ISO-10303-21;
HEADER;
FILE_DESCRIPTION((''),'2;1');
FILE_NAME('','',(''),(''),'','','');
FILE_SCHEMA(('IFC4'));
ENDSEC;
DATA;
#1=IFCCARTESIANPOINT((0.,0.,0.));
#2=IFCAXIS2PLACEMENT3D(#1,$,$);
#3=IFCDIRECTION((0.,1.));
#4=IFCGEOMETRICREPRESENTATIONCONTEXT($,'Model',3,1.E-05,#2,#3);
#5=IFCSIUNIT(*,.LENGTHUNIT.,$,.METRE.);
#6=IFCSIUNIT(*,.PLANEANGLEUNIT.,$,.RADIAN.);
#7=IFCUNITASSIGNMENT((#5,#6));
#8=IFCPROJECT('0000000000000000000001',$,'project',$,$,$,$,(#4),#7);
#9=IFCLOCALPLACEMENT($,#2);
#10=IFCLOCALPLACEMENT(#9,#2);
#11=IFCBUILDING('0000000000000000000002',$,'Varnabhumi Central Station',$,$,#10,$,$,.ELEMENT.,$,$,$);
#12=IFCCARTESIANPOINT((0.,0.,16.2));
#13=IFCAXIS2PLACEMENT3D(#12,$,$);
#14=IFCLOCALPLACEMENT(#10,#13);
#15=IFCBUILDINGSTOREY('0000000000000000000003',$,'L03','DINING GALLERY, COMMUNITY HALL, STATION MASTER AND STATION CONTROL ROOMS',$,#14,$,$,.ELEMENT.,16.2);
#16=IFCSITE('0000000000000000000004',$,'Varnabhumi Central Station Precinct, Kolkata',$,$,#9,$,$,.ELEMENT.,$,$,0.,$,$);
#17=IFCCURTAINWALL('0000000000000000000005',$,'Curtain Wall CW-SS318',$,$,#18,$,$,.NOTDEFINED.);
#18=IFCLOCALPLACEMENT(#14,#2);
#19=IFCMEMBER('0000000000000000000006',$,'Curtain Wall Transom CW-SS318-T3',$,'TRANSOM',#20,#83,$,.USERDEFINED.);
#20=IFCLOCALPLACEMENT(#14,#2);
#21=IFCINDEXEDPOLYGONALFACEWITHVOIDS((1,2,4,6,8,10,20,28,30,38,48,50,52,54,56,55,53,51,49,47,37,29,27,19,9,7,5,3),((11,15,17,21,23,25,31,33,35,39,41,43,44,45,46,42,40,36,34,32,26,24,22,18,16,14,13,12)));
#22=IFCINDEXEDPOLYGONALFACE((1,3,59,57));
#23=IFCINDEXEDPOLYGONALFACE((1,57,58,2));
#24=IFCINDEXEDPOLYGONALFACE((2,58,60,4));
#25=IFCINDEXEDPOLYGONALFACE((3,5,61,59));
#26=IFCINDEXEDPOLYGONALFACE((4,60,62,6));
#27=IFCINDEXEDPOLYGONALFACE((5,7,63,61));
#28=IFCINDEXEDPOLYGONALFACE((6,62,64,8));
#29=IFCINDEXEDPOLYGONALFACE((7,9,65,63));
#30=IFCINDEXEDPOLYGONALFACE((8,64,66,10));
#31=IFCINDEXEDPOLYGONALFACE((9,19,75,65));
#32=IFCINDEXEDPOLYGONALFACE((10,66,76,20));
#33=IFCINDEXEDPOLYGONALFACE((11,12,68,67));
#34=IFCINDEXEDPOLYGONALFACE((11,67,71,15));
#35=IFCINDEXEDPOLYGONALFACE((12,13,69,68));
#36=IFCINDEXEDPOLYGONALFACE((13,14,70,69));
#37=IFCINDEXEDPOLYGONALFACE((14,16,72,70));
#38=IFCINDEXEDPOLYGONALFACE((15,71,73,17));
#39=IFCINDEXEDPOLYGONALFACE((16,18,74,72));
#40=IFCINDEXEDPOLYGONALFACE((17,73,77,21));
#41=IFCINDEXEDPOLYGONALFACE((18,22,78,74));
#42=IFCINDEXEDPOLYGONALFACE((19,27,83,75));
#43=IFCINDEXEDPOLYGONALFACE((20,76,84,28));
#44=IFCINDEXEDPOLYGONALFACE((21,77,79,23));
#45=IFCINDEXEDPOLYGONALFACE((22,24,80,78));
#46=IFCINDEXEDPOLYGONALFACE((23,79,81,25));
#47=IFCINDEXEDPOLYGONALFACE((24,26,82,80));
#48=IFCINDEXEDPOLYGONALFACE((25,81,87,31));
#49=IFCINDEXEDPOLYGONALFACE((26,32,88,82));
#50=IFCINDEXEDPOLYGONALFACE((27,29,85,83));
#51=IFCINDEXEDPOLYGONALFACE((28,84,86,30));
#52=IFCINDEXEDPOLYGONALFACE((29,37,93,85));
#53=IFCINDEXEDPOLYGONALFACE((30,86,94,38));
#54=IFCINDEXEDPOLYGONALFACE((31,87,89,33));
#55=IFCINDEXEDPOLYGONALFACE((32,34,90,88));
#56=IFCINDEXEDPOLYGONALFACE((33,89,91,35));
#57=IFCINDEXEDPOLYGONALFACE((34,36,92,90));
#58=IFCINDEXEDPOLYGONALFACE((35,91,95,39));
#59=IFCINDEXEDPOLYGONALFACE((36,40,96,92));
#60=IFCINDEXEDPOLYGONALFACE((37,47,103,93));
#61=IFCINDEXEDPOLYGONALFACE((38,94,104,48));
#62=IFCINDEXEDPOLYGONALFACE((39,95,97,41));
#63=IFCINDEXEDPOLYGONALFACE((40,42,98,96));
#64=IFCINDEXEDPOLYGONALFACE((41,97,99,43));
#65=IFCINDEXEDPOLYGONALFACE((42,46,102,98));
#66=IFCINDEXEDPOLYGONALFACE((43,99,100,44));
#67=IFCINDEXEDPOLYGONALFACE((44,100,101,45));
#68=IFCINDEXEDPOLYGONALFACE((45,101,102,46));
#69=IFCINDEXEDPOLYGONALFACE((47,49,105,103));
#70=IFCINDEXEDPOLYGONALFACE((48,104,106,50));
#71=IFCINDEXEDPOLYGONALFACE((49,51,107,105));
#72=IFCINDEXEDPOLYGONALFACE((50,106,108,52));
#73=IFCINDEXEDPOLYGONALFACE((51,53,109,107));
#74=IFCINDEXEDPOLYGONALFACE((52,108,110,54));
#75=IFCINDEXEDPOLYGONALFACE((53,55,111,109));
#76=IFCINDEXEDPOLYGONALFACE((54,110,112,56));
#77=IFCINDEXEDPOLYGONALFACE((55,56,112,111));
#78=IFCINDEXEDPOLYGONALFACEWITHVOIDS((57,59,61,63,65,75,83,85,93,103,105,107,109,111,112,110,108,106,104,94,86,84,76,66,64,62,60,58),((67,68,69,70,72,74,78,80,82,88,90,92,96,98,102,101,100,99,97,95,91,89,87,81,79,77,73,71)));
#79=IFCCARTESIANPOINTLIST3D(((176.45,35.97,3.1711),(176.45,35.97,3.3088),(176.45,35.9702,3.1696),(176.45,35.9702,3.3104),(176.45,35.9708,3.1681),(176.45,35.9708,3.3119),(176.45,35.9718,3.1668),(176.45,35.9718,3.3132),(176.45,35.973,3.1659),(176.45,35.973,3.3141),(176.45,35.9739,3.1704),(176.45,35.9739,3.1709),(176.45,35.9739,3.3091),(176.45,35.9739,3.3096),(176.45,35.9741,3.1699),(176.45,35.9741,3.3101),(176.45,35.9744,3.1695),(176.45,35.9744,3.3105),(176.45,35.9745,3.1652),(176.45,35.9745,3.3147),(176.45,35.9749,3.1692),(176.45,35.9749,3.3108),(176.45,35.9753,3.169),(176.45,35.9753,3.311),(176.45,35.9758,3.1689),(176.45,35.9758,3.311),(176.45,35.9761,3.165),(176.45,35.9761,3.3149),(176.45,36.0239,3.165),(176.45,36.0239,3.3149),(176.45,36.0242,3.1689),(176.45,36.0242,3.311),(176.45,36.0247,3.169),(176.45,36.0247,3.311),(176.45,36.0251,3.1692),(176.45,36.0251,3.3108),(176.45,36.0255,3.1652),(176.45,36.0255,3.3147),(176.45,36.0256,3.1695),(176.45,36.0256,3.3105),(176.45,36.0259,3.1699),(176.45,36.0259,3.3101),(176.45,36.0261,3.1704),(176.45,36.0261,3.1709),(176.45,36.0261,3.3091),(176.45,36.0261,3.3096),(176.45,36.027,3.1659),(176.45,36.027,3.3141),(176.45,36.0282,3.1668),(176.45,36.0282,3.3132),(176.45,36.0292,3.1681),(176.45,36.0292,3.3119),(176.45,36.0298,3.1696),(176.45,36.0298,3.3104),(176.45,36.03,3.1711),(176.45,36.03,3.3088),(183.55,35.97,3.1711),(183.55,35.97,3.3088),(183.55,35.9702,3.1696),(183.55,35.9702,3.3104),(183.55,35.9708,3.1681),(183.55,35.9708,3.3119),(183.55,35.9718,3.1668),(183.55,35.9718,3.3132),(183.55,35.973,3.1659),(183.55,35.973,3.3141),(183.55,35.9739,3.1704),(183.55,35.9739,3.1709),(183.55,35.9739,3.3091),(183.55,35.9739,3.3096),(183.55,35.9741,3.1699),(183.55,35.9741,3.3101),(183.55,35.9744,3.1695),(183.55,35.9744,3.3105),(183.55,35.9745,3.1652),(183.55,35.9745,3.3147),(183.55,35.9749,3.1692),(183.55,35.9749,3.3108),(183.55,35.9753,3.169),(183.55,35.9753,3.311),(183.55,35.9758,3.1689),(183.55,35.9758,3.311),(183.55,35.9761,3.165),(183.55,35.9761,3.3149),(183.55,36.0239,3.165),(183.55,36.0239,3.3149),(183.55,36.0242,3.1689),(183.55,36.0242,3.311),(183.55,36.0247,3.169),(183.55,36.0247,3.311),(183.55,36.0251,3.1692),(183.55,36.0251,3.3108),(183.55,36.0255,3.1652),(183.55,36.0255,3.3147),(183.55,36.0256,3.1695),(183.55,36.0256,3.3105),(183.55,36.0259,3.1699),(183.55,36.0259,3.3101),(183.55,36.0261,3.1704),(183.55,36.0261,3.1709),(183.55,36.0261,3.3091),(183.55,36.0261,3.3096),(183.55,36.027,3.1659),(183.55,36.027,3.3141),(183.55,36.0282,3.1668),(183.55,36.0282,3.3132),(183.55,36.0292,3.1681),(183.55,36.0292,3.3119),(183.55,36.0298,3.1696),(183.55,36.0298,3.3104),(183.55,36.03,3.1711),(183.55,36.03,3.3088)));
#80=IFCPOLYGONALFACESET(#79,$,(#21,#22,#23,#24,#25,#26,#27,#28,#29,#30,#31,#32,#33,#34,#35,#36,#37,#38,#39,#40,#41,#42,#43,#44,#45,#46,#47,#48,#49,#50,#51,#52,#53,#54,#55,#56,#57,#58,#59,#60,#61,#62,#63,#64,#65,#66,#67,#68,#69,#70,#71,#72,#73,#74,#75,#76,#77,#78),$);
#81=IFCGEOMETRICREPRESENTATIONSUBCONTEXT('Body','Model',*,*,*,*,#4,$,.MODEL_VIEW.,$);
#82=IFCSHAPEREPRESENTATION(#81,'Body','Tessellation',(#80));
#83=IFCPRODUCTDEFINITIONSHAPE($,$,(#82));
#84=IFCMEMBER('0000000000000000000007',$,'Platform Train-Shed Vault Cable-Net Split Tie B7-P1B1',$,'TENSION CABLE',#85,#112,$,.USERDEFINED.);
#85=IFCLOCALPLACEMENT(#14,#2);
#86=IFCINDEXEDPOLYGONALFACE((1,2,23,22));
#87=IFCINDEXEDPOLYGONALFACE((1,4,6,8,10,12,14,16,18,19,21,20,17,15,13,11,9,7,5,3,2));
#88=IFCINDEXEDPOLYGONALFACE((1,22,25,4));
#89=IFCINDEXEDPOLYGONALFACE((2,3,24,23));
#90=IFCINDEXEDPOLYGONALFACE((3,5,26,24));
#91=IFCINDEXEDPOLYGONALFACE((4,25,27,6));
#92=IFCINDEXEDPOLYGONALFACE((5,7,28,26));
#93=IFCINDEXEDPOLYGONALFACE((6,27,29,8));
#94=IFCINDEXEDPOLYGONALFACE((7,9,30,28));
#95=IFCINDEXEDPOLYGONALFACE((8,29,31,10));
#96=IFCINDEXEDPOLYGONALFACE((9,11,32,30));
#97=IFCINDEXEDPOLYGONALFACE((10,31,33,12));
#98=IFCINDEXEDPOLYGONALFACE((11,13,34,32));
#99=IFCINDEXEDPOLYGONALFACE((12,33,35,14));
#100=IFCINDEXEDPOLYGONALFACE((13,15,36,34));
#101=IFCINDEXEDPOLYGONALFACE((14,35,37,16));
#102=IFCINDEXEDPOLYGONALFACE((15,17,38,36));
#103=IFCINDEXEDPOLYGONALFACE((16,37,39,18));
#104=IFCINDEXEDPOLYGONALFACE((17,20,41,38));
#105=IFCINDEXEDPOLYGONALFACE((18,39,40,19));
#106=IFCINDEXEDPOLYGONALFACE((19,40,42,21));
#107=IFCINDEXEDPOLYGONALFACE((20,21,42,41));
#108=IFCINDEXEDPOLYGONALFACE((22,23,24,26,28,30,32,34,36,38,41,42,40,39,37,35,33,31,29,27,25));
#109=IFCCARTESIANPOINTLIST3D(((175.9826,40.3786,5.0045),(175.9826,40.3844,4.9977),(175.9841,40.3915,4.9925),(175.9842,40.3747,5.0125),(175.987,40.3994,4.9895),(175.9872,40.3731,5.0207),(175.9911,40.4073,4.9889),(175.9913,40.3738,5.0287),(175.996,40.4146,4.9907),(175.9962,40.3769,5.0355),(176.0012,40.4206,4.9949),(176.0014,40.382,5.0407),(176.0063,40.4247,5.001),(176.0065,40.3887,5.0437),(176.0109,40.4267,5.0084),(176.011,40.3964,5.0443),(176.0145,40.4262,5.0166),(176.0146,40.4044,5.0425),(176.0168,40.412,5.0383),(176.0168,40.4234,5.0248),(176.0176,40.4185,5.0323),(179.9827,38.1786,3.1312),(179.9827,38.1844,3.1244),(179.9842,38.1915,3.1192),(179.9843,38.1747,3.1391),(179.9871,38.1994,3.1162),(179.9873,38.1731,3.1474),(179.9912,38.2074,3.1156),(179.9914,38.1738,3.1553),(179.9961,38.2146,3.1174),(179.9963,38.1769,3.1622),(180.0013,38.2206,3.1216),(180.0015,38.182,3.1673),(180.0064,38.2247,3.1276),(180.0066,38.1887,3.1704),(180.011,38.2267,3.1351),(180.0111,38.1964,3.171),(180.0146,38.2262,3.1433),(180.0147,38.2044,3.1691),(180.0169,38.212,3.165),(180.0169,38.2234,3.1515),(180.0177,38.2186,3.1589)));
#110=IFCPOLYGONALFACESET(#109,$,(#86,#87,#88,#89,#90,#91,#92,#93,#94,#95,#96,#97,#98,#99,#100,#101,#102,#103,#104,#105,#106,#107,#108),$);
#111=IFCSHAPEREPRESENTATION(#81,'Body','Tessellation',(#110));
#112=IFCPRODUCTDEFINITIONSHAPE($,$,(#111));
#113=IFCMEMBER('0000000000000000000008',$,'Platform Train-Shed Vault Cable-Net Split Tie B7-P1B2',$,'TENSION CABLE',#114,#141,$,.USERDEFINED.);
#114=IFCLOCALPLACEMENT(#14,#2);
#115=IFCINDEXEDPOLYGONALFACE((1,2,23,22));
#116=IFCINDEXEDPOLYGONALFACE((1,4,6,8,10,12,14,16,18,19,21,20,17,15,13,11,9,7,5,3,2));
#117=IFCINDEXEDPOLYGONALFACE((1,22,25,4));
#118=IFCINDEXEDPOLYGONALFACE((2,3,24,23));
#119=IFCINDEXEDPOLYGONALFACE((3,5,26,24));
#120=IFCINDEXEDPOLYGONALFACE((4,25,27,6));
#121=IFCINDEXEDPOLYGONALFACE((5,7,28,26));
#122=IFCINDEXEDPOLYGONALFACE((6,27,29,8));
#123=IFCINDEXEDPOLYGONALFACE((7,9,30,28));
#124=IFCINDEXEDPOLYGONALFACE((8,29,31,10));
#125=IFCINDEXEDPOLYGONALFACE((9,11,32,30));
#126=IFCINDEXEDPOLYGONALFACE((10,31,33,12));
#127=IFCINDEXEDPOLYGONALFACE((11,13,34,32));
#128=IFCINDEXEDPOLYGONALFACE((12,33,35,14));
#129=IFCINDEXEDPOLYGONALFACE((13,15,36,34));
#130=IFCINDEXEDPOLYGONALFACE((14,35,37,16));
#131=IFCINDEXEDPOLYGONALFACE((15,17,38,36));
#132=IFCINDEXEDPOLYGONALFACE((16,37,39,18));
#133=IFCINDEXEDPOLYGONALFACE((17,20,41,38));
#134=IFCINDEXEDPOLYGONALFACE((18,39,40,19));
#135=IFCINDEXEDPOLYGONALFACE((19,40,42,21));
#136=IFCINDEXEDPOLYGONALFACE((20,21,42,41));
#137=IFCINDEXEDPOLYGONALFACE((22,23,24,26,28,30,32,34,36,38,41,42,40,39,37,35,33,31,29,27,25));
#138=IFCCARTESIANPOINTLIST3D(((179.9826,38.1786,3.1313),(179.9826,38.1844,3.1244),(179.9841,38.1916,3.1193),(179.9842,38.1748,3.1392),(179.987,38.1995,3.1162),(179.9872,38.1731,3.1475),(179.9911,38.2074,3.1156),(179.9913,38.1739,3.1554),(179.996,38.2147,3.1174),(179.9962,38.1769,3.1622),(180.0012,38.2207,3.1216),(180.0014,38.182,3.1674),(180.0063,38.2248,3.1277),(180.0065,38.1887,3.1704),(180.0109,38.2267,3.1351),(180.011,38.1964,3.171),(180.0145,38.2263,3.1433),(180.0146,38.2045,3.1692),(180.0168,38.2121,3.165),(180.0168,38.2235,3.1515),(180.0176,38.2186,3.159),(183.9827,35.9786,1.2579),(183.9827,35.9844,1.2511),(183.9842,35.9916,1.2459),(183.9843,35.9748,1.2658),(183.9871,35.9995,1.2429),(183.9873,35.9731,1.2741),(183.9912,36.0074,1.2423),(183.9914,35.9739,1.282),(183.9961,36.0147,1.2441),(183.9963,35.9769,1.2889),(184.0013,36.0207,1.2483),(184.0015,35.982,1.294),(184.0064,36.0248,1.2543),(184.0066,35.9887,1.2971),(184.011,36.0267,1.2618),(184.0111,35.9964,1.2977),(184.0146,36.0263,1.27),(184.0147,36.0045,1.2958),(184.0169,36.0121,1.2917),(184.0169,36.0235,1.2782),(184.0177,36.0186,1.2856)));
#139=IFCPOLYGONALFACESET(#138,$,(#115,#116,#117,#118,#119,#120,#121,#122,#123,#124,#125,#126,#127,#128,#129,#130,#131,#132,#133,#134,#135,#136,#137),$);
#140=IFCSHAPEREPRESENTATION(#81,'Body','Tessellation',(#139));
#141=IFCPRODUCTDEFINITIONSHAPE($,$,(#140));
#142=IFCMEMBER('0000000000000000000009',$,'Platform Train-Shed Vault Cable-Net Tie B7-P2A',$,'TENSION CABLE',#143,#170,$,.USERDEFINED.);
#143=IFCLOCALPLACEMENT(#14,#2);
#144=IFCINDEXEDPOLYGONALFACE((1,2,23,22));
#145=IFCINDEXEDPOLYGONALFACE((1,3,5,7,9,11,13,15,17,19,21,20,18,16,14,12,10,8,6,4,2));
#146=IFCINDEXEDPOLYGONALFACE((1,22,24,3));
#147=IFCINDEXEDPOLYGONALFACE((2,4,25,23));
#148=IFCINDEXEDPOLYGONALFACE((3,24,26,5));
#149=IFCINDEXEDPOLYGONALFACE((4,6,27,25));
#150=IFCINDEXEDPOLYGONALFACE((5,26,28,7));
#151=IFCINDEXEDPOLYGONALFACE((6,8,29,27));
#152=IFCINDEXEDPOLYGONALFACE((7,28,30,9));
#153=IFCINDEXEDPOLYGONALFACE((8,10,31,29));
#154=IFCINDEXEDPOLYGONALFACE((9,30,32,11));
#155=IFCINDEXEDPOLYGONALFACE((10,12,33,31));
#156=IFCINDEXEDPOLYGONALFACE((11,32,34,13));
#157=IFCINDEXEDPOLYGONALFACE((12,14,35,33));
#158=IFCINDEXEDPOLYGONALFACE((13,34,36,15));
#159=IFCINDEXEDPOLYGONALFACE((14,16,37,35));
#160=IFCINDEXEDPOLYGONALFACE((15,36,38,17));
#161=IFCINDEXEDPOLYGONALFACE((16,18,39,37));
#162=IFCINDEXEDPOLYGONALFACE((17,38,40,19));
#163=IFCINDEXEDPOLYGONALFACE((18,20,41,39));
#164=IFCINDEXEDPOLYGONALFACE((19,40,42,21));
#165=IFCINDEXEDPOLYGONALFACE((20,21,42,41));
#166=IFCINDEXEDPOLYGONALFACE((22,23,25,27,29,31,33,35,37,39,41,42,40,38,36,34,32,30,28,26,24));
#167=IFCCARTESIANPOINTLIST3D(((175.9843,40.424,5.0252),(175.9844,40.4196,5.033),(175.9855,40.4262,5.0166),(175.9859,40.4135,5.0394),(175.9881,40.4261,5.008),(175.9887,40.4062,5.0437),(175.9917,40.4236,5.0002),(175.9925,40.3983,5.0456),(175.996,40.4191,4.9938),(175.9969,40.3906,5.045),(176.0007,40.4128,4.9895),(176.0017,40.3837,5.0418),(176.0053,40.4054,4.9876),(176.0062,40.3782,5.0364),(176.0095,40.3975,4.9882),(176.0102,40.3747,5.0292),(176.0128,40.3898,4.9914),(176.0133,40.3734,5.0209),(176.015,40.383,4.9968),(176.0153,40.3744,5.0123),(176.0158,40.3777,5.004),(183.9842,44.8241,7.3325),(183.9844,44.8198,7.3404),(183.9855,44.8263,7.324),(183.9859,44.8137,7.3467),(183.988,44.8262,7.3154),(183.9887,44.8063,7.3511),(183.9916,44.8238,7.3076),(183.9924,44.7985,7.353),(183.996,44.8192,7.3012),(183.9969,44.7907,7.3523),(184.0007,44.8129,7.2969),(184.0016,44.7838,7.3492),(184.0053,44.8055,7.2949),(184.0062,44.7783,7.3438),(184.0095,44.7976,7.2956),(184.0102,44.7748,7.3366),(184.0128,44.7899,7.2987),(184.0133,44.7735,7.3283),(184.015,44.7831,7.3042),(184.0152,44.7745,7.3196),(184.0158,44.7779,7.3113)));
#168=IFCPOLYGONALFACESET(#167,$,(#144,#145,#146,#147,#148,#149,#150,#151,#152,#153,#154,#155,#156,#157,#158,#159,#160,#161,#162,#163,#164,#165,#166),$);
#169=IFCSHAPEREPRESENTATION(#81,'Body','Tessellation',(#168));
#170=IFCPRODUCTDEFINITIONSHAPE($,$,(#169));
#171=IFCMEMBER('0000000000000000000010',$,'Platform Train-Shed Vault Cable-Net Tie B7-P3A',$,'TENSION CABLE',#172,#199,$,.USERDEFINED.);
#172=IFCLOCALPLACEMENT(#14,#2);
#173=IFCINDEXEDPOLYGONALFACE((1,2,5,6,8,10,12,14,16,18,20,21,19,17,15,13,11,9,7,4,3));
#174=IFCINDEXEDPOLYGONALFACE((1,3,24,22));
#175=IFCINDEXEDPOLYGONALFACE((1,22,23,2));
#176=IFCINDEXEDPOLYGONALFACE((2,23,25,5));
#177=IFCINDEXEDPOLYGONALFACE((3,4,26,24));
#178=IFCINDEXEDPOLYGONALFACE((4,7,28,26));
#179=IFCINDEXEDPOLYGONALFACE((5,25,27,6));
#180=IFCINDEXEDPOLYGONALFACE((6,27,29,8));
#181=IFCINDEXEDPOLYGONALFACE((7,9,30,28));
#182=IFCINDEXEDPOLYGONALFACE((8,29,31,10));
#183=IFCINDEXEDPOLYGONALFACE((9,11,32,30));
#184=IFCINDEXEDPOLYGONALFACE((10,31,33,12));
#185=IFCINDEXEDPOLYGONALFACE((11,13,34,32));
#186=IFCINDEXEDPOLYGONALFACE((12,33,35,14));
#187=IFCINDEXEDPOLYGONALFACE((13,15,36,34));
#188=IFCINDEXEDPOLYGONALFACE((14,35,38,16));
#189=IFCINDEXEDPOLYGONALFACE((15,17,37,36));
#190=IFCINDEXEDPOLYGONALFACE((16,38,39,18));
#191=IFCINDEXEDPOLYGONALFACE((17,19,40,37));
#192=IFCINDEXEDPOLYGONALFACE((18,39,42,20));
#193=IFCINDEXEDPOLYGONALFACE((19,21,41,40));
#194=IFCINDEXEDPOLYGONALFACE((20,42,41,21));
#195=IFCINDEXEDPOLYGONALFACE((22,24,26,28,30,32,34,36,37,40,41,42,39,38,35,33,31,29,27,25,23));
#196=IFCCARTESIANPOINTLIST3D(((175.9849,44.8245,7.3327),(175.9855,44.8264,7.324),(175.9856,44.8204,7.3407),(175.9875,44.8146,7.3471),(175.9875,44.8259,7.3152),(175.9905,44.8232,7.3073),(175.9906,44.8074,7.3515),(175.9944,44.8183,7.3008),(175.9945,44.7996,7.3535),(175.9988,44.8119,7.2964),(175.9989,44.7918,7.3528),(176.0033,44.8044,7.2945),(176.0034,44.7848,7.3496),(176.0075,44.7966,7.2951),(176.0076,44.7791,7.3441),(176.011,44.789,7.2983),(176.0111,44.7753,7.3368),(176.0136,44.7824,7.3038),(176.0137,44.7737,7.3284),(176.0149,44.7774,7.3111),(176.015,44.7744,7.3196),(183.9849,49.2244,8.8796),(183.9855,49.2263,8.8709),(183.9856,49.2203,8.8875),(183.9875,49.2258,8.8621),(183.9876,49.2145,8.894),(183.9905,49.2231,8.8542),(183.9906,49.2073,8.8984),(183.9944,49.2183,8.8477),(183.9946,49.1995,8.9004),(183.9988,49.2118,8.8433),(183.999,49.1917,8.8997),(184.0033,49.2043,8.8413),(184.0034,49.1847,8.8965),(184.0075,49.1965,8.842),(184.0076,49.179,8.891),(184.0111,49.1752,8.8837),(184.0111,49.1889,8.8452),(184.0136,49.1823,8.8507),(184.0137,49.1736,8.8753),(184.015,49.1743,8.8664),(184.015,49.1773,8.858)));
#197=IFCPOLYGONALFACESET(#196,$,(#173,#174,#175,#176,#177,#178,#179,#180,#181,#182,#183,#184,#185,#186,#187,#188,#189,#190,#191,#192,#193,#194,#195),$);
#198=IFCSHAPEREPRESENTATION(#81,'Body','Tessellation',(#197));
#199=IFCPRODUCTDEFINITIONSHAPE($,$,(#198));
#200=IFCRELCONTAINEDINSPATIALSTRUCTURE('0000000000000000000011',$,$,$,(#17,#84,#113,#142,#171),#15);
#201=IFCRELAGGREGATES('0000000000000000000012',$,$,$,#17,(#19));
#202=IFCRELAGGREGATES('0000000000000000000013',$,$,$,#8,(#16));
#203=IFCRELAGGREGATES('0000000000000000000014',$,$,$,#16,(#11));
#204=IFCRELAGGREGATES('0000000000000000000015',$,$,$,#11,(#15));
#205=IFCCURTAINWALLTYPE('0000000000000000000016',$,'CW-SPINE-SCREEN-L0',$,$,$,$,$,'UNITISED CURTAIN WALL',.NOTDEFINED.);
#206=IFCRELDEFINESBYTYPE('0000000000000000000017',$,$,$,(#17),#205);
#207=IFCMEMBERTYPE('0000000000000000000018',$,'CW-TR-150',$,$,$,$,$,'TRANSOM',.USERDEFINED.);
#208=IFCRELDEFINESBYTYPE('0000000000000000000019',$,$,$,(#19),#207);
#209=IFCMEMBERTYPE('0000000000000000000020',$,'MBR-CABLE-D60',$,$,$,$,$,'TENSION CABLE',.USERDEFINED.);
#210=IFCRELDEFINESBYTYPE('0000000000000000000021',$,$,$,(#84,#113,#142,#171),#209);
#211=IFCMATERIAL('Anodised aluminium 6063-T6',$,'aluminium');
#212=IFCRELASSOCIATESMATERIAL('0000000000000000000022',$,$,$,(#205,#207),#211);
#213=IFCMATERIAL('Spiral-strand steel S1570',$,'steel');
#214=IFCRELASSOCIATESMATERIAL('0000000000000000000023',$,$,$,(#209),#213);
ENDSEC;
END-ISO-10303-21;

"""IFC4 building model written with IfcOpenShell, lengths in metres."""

from ifc_helpers import new_model, si_unit, direction, frame, origin, origin_2d, place, context, subcontext, project, spatial, hollow_rectangle, circle, extrude, material, material_profile, profile_set, type_object, element, aggregate, save


model = new_model("IFC4")

# Units and contexts
model_context = context("Model", 3, precision=1e-05, world=origin(), true_north=direction((0.0, 1.0)))
body_context = subcontext(model_context, "Body", "Model", "MODEL_VIEW")
ifc_project = project(units=[si_unit("LENGTHUNIT", "METRE"), si_unit("PLANEANGLEUNIT", "RADIAN")], contexts=[model_context])

# Site, building, storey
site_placement = place(None, origin())
site = spatial("IfcSite", under=ifc_project, at=site_placement, Name="Varnabhumi Central Station Precinct, Kolkata", CompositionType="ELEMENT", RefElevation=0.0)
building_placement = place(site_placement, origin())
building = spatial("IfcBuilding", under=site, at=building_placement, Name="Varnabhumi Central Station", CompositionType="ELEMENT")
storey_placement = place(building_placement, frame((0.0, 0.0, 16.2)))
storey = spatial("IfcBuildingStorey", under=building, at=storey_placement, Name="L03", Description="DINING GALLERY, COMMUNITY HALL, STATION MASTER AND STATION CONTROL ROOMS", CompositionType="ELEMENT", Elevation=16.2)

# Curtain wall, member
ifc_material_1 = material(Name="Anodised aluminium 6063-T6", Category="aluminium")
curtain_wall_type = type_object("IfcCurtainWallType", Name="CW-SPINE-SCREEN-L0", ElementType="UNITISED CURTAIN WALL", PredefinedType="NOTDEFINED", material=ifc_material_1)
curtain_wall_placement = place(storey_placement, origin())
curtain_wall = element("IfcCurtainWall", 1, at=curtain_wall_placement, inside=storey, type_object=curtain_wall_type, Name="Curtain Wall CW-SS318", PredefinedType="NOTDEFINED")
ifc_material_profile_1 = material_profile(ifc_material_1, hollow_rectangle(XDim=0.0601, YDim=0.1499, WallThickness=0.0039, InnerFilletRadius=0.002, OuterFilletRadius=0.0061, at=origin_2d()), Name="Anodised aluminium 6063-T6", Category="aluminium")
ifc_profile_set_1 = profile_set([ifc_material_profile_1], Name="Anodised aluminium 6063-T6")
member_type_1 = type_object("IfcMemberType", Name="CW-TR-150", ElementType="TRANSOM", PredefinedType="USERDEFINED", material=ifc_profile_set_1)
member_1_placement = place(storey_placement, frame((176.45, 36.0, 3.24), z_axis=(1.0, 0.0, 0.0), x_axis=(0.0, 1.0, 0.0)))
member_1 = element("IfcMember", 2, at=member_1_placement, type_object=member_type_1, Name="Curtain Wall Transom CW-SS318-T3", ObjectType="TRANSOM", PredefinedType="USERDEFINED", context=body_context, shape_type="SweptSolid", body=[
    extrude(hollow_rectangle(XDim=0.0601, YDim=0.1499, WallThickness=0.0039, InnerFilletRadius=0.002, OuterFilletRadius=0.0061, at=origin_2d()), origin(), (0.0, 0.0, 1.0), 7.1001),
])

# Members
ifc_material_2 = material(Name="Spiral-strand steel S1570", Category="steel")
ifc_material_profile_2 = material_profile(ifc_material_2, circle(Radius=0.03, at=origin_2d()), Name="Spiral-strand steel S1570", Category="steel")
ifc_profile_set_2 = profile_set([ifc_material_profile_2], Name="Spiral-strand steel S1570")
member_type_2 = type_object("IfcMemberType", Name="MBR-CABLE-D60", ElementType="TENSION CABLE", PredefinedType="USERDEFINED", material=ifc_profile_set_2)
for number, where, z_axis, x_axis, name in (
    (3, (176.0, 40.3999, 5.0166), (0.810624, -0.445833, -0.379634), (0.481911, 0.87622, 0.0), "Platform Train-Shed Vault Cable-Net Split Tie B7-P1B1"),
    (4, (180.0, 38.2, 3.1433), (0.810624, -0.445833, -0.379634), (0.481911, 0.87622, 0.0), "Platform Train-Shed Vault Cable-Net Split Tie B7-P1B2"),
):
    element("IfcMember", number, at=place(storey_placement, frame(where, z_axis=z_axis, x_axis=x_axis)), inside=storey, type_object=member_type_2, Name=name, ObjectType="TENSION CABLE", PredefinedType="USERDEFINED", context=body_context, shape_type="SweptSolid", body=[
        extrude(circle(Radius=0.03, at=origin_2d()), origin(), (0.0, 0.0, 1.0), 4.9346),
    ])
member_2_placement = place(storey_placement, frame((176.0, 40.3999, 5.0166), z_axis=(0.849502, 0.467242, 0.245015), x_axis=(-0.481931, 0.876209, 0.0)))
element("IfcMember", 5, at=member_2_placement, inside=storey, type_object=member_type_2, Name="Platform Train-Shed Vault Cable-Net Tie B7-P2A", ObjectType="TENSION CABLE", PredefinedType="USERDEFINED", context=body_context, shape_type="SweptSolid", body=[
    extrude(circle(Radius=0.03, at=origin_2d()), origin(), (0.0, 0.0, 1.0), 9.4172),
])
member_3_placement = place(storey_placement, frame((176.0, 44.8, 7.324), z_axis=(0.863909, 0.475139, 0.167045), x_axis=(-0.481911, 0.87622, 0.0)))
element("IfcMember", 6, at=member_3_placement, inside=storey, type_object=member_type_2, Name="Platform Train-Shed Vault Cable-Net Tie B7-P3A", ObjectType="TENSION CABLE", PredefinedType="USERDEFINED", context=body_context, shape_type="SweptSolid", body=[
    extrude(circle(Radius=0.03, at=origin_2d()), origin(), (0.0, 0.0, 1.0), 9.2603),
])

aggregate(curtain_wall, [member_1])

save(model, "model.ifc")
